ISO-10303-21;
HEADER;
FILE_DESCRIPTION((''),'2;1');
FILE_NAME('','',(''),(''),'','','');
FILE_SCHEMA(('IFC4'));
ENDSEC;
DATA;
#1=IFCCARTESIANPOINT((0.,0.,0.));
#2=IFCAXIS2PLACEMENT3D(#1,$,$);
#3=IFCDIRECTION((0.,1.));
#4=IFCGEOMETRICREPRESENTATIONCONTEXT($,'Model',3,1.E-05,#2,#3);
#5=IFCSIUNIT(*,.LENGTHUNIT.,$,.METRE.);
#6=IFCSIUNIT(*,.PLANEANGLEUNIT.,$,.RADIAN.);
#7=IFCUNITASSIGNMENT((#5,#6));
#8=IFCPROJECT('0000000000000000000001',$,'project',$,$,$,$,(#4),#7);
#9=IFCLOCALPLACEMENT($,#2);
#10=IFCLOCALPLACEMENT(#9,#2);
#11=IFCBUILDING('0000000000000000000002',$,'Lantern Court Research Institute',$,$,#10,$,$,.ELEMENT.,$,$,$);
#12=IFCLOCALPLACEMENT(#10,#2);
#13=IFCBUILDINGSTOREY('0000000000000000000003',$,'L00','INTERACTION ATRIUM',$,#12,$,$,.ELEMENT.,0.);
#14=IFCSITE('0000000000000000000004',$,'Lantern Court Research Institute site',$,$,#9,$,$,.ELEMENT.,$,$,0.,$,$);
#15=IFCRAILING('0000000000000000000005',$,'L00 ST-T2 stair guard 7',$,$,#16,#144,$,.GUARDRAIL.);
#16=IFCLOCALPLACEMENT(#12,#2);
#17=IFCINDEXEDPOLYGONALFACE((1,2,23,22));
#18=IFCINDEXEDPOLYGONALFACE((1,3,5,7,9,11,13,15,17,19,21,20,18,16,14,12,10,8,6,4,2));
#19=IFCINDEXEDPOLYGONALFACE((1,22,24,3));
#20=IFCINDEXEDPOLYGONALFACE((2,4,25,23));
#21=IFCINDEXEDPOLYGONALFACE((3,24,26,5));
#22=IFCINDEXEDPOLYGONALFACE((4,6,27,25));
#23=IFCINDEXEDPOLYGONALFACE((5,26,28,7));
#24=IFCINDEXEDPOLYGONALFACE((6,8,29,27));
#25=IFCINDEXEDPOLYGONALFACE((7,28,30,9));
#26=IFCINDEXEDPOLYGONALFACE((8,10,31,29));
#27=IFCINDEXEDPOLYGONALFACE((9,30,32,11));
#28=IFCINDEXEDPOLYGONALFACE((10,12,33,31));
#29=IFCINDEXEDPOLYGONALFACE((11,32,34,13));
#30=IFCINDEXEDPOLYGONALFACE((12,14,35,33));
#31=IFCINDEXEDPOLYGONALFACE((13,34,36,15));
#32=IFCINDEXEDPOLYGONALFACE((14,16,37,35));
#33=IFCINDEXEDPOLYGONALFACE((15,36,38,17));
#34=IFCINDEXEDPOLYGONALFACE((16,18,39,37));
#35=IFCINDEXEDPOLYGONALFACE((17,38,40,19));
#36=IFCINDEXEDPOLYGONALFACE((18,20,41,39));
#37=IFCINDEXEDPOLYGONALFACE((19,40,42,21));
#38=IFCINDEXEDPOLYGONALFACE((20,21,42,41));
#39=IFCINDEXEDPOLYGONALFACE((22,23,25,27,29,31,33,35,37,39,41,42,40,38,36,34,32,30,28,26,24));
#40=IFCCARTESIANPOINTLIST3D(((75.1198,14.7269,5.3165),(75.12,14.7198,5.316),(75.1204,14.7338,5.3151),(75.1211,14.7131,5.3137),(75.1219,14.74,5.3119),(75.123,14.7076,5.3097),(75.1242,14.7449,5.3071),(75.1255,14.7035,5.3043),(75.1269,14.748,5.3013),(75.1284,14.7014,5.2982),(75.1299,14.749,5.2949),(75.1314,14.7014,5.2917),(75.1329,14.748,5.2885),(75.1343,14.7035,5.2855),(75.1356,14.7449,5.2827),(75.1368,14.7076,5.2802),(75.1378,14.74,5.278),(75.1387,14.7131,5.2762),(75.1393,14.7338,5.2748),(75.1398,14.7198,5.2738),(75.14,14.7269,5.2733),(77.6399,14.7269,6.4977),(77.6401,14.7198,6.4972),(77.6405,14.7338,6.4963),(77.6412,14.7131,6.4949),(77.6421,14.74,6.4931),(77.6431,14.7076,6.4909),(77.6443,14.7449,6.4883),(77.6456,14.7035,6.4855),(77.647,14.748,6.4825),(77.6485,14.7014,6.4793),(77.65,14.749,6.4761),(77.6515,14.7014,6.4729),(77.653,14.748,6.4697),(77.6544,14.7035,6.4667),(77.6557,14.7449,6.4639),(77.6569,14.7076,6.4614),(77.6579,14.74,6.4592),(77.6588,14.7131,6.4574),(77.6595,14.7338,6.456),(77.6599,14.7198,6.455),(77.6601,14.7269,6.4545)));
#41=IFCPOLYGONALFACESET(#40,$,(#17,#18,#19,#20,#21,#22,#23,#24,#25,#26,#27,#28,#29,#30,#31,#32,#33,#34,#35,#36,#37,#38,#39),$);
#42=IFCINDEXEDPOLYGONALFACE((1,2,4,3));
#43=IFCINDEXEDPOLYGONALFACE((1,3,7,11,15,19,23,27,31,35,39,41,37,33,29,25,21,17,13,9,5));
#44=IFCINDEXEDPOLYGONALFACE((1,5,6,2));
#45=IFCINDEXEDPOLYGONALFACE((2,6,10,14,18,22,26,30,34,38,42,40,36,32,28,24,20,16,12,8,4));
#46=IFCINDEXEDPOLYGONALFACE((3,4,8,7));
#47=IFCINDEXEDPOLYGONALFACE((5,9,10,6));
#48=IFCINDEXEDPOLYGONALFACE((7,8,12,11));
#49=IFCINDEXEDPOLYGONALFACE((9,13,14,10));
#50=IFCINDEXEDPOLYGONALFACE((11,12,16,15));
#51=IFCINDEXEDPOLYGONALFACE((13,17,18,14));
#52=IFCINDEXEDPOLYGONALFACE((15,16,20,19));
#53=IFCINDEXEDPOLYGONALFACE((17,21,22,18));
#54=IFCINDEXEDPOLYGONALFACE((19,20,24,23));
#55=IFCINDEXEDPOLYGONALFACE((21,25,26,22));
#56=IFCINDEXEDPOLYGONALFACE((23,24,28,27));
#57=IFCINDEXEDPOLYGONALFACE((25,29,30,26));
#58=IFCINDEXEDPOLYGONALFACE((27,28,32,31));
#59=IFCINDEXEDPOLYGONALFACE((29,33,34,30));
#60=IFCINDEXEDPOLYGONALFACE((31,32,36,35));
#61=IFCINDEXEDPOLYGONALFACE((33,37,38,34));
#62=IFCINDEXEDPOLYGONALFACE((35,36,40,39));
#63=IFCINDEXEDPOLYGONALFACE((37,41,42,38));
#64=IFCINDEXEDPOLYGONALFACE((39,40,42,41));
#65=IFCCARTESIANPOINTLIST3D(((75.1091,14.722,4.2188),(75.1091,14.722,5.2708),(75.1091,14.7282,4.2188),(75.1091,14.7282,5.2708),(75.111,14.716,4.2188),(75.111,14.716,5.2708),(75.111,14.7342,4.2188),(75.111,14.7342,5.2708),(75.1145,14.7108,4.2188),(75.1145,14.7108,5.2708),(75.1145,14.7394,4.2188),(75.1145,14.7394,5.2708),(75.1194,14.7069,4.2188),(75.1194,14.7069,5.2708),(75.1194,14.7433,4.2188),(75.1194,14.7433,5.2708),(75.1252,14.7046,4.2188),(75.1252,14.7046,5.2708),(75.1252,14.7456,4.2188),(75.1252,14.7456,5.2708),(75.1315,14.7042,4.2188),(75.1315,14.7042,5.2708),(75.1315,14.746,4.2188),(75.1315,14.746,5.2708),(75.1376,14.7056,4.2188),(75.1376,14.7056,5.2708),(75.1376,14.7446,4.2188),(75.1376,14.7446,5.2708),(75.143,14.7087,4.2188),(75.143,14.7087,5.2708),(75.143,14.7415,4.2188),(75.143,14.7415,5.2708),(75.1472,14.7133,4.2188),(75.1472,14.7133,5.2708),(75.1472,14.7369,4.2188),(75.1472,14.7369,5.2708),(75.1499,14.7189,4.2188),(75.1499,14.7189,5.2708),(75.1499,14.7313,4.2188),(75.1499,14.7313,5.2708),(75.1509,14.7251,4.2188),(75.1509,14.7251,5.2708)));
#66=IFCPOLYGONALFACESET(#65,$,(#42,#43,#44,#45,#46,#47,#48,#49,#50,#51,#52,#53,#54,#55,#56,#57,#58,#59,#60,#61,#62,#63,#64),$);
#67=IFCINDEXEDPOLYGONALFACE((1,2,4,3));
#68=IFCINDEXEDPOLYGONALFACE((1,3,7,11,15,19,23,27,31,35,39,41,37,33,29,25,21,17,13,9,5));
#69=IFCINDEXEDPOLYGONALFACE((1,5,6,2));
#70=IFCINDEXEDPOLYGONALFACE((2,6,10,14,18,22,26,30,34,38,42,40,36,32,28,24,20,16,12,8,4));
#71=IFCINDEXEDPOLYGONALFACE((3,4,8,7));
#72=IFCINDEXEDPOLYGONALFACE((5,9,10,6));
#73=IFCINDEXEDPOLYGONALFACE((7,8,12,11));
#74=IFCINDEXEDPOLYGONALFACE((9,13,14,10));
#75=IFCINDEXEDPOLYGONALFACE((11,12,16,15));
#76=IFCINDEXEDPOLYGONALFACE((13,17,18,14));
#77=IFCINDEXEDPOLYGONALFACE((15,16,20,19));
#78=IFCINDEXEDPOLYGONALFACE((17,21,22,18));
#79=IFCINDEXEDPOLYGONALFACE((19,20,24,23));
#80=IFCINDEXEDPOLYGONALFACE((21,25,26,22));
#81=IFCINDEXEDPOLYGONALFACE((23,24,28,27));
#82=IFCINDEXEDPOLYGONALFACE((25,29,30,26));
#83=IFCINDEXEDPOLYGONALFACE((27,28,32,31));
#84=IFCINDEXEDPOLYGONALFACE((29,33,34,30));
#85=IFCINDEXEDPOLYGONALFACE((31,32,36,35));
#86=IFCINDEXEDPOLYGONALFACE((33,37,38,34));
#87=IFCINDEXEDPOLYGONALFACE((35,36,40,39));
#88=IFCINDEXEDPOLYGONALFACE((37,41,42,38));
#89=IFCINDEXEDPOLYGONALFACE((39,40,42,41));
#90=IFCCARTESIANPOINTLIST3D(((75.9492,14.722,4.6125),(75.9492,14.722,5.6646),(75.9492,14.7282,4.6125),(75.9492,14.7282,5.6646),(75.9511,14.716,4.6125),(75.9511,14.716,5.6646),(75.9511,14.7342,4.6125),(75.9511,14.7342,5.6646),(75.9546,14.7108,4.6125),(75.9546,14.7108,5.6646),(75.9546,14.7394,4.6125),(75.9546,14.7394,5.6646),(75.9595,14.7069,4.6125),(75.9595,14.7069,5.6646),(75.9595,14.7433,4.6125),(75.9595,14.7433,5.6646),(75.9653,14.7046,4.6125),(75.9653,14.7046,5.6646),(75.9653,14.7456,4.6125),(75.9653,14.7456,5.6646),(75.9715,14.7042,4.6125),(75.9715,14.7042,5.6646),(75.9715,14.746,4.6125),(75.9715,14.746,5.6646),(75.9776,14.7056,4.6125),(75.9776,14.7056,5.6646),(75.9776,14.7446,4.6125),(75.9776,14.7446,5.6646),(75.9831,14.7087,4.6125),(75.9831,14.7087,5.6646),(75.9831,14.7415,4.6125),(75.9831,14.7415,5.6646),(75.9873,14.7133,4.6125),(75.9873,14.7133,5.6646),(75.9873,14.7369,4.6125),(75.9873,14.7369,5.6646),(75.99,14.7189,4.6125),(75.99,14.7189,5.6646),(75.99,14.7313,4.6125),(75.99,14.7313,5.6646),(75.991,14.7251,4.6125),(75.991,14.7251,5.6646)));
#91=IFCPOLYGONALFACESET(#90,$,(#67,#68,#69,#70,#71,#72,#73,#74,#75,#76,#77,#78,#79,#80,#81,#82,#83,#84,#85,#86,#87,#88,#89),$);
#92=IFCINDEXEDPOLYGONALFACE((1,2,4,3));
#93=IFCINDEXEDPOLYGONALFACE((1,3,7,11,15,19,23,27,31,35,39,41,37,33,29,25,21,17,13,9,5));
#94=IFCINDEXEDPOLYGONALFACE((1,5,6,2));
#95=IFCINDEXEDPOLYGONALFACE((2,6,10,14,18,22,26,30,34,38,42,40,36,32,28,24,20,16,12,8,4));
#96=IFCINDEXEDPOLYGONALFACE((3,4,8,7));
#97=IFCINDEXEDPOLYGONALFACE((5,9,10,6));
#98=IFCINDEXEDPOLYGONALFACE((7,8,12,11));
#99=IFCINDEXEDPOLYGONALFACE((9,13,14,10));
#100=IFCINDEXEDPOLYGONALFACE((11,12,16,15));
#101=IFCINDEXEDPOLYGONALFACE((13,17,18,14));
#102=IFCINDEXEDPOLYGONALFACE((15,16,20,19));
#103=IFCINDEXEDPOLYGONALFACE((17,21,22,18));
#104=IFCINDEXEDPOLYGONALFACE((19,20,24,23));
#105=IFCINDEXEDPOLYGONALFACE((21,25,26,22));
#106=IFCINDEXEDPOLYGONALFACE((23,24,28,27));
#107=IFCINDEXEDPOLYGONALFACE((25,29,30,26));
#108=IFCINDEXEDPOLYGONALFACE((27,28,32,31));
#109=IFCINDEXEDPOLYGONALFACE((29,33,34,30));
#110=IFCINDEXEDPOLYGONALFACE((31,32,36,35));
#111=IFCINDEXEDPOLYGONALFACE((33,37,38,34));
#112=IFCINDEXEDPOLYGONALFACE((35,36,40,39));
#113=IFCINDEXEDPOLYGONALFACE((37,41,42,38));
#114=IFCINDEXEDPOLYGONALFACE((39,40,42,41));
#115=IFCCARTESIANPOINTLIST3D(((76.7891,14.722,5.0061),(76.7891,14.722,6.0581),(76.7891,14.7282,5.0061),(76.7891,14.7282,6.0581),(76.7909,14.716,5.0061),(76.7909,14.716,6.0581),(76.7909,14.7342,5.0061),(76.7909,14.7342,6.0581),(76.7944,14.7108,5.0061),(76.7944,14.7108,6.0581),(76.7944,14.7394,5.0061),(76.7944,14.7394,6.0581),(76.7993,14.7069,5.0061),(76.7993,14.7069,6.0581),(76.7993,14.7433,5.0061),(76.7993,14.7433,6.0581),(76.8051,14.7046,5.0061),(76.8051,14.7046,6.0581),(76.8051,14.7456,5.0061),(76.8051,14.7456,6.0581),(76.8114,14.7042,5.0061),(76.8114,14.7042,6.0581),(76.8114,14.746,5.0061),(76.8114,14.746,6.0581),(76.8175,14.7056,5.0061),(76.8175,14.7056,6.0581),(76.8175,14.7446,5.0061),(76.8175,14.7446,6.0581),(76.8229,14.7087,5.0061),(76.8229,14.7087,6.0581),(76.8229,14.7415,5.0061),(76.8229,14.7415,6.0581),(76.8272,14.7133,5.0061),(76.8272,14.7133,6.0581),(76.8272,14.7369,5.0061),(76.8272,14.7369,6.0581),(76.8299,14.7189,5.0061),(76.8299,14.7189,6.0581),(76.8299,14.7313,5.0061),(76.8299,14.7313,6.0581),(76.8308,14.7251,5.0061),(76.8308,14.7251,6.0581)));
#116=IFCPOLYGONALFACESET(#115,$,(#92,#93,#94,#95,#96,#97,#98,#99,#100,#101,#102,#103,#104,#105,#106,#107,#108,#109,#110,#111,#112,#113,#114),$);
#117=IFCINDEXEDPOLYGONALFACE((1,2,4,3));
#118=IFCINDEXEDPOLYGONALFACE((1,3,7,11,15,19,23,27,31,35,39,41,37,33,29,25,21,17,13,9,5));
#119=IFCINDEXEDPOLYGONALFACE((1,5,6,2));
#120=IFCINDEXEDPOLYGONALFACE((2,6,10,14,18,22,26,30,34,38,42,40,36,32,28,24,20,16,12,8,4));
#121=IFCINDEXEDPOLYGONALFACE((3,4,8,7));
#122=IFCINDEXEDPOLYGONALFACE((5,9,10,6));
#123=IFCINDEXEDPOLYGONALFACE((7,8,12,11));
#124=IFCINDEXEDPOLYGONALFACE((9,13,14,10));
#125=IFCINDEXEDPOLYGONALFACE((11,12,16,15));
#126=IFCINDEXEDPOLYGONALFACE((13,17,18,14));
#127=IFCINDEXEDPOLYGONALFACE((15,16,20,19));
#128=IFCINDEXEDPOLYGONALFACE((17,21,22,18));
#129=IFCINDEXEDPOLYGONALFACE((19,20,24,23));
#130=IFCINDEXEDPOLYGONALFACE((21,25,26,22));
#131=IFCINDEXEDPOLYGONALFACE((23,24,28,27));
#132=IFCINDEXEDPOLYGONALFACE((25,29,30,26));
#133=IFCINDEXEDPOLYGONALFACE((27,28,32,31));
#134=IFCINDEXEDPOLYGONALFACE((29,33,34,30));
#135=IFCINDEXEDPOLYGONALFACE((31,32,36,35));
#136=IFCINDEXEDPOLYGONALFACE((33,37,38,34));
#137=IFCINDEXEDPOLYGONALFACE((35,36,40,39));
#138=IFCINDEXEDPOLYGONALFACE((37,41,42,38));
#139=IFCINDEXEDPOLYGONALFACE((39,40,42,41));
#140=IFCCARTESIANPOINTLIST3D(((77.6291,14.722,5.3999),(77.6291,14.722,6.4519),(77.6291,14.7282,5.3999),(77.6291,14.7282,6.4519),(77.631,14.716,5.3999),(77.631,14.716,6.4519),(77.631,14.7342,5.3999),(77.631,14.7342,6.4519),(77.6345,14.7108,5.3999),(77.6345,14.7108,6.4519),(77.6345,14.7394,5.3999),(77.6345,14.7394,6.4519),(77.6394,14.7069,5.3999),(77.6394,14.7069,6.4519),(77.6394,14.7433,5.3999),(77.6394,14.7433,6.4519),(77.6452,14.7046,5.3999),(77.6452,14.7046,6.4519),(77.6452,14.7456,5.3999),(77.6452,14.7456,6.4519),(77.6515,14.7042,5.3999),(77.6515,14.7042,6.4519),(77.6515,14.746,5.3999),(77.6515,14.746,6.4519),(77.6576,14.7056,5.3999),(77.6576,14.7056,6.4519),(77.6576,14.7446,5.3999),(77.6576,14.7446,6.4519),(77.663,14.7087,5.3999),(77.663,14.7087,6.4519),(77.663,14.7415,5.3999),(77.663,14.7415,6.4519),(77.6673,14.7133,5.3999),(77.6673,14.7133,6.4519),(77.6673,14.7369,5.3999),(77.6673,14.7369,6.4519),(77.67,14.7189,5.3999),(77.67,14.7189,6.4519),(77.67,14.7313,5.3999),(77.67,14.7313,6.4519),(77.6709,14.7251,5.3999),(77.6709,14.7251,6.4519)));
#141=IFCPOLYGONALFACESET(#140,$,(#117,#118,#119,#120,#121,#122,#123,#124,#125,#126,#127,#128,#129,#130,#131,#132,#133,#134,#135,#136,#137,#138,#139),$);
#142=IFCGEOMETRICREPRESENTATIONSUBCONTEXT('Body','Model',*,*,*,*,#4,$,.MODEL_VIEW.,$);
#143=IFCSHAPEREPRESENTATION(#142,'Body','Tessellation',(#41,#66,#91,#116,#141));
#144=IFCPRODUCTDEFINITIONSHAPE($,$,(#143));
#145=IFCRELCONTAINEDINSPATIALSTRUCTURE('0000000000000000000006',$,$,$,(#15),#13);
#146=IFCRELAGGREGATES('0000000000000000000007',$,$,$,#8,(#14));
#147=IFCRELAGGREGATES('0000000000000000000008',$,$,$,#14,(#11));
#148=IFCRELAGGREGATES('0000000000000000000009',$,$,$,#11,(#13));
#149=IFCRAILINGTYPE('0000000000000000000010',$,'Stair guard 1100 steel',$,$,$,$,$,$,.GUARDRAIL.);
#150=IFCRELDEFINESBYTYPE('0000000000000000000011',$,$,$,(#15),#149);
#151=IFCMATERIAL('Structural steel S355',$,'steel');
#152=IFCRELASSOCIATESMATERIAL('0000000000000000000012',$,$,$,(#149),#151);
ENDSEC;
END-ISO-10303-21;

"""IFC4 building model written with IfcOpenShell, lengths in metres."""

from ifc_helpers import new_model, si_unit, direction, frame, origin, origin_2d, place, context, subcontext, project, spatial, circle, extrude, material, type_object, element, save


model = new_model("IFC4")

# Units and contexts
model_context = context("Model", 3, precision=1e-05, world=origin(), true_north=direction((0.0, 1.0)))
body_context = subcontext(model_context, "Body", "Model", "MODEL_VIEW")
ifc_project = project(units=[si_unit("LENGTHUNIT", "METRE"), si_unit("PLANEANGLEUNIT", "RADIAN")], contexts=[model_context])

# Site, building, storey
site_placement = place(None, origin())
site = spatial("IfcSite", under=ifc_project, at=site_placement, Name="Lantern Court Research Institute site", CompositionType="ELEMENT", RefElevation=0.0)
building_placement = place(site_placement, origin())
building = spatial("IfcBuilding", under=site, at=building_placement, Name="Lantern Court Research Institute", CompositionType="ELEMENT")
storey_placement = place(building_placement, origin())
storey = spatial("IfcBuildingStorey", under=building, at=storey_placement, Name="L00", Description="INTERACTION ATRIUM", CompositionType="ELEMENT", Elevation=0.0)

# Railing
ifc_material_1 = material(Name="Structural steel S355", Category="steel")
railing_type_1 = type_object("IfcRailingType", Name="Stair guard 1100 steel", PredefinedType="GUARDRAIL", material=ifc_material_1)
railing_1_placement = place(storey_placement, frame((75.1299, 14.7251, 4.2188)))
element("IfcRailing", 1, at=railing_1_placement, inside=storey, type_object=railing_type_1, Name="L00 ST-T2 stair guard 7", PredefinedType="GUARDRAIL", context=body_context, shape_type="SweptSolid", body=[
    extrude(circle(Radius=0.0239, at=origin_2d()), frame((0.0, 0.0, 1.0762), z_axis=(0.905474, 0.0, 0.424402), x_axis=(0.0, 1.0, 0.0)), (0.0, 0.0, 1.0), 2.7832),
    extrude(circle(Radius=0.021, at=origin_2d()), origin(), (0.0, 0.0, 1.0), 1.052),
    extrude(circle(Radius=0.021, at=origin_2d()), frame((0.8401, 0.0, 0.3938)), (0.0, 0.0, 1.0), 1.052),
    extrude(circle(Radius=0.021, at=origin_2d()), frame((1.6799, 0.0, 0.7874)), (0.0, 0.0, 1.0), 1.052),
    extrude(circle(Radius=0.021, at=origin_2d()), frame((2.52, 0.0, 1.1812)), (0.0, 0.0, 1.0), 1.052),
])

save(model, "model.ifc")
